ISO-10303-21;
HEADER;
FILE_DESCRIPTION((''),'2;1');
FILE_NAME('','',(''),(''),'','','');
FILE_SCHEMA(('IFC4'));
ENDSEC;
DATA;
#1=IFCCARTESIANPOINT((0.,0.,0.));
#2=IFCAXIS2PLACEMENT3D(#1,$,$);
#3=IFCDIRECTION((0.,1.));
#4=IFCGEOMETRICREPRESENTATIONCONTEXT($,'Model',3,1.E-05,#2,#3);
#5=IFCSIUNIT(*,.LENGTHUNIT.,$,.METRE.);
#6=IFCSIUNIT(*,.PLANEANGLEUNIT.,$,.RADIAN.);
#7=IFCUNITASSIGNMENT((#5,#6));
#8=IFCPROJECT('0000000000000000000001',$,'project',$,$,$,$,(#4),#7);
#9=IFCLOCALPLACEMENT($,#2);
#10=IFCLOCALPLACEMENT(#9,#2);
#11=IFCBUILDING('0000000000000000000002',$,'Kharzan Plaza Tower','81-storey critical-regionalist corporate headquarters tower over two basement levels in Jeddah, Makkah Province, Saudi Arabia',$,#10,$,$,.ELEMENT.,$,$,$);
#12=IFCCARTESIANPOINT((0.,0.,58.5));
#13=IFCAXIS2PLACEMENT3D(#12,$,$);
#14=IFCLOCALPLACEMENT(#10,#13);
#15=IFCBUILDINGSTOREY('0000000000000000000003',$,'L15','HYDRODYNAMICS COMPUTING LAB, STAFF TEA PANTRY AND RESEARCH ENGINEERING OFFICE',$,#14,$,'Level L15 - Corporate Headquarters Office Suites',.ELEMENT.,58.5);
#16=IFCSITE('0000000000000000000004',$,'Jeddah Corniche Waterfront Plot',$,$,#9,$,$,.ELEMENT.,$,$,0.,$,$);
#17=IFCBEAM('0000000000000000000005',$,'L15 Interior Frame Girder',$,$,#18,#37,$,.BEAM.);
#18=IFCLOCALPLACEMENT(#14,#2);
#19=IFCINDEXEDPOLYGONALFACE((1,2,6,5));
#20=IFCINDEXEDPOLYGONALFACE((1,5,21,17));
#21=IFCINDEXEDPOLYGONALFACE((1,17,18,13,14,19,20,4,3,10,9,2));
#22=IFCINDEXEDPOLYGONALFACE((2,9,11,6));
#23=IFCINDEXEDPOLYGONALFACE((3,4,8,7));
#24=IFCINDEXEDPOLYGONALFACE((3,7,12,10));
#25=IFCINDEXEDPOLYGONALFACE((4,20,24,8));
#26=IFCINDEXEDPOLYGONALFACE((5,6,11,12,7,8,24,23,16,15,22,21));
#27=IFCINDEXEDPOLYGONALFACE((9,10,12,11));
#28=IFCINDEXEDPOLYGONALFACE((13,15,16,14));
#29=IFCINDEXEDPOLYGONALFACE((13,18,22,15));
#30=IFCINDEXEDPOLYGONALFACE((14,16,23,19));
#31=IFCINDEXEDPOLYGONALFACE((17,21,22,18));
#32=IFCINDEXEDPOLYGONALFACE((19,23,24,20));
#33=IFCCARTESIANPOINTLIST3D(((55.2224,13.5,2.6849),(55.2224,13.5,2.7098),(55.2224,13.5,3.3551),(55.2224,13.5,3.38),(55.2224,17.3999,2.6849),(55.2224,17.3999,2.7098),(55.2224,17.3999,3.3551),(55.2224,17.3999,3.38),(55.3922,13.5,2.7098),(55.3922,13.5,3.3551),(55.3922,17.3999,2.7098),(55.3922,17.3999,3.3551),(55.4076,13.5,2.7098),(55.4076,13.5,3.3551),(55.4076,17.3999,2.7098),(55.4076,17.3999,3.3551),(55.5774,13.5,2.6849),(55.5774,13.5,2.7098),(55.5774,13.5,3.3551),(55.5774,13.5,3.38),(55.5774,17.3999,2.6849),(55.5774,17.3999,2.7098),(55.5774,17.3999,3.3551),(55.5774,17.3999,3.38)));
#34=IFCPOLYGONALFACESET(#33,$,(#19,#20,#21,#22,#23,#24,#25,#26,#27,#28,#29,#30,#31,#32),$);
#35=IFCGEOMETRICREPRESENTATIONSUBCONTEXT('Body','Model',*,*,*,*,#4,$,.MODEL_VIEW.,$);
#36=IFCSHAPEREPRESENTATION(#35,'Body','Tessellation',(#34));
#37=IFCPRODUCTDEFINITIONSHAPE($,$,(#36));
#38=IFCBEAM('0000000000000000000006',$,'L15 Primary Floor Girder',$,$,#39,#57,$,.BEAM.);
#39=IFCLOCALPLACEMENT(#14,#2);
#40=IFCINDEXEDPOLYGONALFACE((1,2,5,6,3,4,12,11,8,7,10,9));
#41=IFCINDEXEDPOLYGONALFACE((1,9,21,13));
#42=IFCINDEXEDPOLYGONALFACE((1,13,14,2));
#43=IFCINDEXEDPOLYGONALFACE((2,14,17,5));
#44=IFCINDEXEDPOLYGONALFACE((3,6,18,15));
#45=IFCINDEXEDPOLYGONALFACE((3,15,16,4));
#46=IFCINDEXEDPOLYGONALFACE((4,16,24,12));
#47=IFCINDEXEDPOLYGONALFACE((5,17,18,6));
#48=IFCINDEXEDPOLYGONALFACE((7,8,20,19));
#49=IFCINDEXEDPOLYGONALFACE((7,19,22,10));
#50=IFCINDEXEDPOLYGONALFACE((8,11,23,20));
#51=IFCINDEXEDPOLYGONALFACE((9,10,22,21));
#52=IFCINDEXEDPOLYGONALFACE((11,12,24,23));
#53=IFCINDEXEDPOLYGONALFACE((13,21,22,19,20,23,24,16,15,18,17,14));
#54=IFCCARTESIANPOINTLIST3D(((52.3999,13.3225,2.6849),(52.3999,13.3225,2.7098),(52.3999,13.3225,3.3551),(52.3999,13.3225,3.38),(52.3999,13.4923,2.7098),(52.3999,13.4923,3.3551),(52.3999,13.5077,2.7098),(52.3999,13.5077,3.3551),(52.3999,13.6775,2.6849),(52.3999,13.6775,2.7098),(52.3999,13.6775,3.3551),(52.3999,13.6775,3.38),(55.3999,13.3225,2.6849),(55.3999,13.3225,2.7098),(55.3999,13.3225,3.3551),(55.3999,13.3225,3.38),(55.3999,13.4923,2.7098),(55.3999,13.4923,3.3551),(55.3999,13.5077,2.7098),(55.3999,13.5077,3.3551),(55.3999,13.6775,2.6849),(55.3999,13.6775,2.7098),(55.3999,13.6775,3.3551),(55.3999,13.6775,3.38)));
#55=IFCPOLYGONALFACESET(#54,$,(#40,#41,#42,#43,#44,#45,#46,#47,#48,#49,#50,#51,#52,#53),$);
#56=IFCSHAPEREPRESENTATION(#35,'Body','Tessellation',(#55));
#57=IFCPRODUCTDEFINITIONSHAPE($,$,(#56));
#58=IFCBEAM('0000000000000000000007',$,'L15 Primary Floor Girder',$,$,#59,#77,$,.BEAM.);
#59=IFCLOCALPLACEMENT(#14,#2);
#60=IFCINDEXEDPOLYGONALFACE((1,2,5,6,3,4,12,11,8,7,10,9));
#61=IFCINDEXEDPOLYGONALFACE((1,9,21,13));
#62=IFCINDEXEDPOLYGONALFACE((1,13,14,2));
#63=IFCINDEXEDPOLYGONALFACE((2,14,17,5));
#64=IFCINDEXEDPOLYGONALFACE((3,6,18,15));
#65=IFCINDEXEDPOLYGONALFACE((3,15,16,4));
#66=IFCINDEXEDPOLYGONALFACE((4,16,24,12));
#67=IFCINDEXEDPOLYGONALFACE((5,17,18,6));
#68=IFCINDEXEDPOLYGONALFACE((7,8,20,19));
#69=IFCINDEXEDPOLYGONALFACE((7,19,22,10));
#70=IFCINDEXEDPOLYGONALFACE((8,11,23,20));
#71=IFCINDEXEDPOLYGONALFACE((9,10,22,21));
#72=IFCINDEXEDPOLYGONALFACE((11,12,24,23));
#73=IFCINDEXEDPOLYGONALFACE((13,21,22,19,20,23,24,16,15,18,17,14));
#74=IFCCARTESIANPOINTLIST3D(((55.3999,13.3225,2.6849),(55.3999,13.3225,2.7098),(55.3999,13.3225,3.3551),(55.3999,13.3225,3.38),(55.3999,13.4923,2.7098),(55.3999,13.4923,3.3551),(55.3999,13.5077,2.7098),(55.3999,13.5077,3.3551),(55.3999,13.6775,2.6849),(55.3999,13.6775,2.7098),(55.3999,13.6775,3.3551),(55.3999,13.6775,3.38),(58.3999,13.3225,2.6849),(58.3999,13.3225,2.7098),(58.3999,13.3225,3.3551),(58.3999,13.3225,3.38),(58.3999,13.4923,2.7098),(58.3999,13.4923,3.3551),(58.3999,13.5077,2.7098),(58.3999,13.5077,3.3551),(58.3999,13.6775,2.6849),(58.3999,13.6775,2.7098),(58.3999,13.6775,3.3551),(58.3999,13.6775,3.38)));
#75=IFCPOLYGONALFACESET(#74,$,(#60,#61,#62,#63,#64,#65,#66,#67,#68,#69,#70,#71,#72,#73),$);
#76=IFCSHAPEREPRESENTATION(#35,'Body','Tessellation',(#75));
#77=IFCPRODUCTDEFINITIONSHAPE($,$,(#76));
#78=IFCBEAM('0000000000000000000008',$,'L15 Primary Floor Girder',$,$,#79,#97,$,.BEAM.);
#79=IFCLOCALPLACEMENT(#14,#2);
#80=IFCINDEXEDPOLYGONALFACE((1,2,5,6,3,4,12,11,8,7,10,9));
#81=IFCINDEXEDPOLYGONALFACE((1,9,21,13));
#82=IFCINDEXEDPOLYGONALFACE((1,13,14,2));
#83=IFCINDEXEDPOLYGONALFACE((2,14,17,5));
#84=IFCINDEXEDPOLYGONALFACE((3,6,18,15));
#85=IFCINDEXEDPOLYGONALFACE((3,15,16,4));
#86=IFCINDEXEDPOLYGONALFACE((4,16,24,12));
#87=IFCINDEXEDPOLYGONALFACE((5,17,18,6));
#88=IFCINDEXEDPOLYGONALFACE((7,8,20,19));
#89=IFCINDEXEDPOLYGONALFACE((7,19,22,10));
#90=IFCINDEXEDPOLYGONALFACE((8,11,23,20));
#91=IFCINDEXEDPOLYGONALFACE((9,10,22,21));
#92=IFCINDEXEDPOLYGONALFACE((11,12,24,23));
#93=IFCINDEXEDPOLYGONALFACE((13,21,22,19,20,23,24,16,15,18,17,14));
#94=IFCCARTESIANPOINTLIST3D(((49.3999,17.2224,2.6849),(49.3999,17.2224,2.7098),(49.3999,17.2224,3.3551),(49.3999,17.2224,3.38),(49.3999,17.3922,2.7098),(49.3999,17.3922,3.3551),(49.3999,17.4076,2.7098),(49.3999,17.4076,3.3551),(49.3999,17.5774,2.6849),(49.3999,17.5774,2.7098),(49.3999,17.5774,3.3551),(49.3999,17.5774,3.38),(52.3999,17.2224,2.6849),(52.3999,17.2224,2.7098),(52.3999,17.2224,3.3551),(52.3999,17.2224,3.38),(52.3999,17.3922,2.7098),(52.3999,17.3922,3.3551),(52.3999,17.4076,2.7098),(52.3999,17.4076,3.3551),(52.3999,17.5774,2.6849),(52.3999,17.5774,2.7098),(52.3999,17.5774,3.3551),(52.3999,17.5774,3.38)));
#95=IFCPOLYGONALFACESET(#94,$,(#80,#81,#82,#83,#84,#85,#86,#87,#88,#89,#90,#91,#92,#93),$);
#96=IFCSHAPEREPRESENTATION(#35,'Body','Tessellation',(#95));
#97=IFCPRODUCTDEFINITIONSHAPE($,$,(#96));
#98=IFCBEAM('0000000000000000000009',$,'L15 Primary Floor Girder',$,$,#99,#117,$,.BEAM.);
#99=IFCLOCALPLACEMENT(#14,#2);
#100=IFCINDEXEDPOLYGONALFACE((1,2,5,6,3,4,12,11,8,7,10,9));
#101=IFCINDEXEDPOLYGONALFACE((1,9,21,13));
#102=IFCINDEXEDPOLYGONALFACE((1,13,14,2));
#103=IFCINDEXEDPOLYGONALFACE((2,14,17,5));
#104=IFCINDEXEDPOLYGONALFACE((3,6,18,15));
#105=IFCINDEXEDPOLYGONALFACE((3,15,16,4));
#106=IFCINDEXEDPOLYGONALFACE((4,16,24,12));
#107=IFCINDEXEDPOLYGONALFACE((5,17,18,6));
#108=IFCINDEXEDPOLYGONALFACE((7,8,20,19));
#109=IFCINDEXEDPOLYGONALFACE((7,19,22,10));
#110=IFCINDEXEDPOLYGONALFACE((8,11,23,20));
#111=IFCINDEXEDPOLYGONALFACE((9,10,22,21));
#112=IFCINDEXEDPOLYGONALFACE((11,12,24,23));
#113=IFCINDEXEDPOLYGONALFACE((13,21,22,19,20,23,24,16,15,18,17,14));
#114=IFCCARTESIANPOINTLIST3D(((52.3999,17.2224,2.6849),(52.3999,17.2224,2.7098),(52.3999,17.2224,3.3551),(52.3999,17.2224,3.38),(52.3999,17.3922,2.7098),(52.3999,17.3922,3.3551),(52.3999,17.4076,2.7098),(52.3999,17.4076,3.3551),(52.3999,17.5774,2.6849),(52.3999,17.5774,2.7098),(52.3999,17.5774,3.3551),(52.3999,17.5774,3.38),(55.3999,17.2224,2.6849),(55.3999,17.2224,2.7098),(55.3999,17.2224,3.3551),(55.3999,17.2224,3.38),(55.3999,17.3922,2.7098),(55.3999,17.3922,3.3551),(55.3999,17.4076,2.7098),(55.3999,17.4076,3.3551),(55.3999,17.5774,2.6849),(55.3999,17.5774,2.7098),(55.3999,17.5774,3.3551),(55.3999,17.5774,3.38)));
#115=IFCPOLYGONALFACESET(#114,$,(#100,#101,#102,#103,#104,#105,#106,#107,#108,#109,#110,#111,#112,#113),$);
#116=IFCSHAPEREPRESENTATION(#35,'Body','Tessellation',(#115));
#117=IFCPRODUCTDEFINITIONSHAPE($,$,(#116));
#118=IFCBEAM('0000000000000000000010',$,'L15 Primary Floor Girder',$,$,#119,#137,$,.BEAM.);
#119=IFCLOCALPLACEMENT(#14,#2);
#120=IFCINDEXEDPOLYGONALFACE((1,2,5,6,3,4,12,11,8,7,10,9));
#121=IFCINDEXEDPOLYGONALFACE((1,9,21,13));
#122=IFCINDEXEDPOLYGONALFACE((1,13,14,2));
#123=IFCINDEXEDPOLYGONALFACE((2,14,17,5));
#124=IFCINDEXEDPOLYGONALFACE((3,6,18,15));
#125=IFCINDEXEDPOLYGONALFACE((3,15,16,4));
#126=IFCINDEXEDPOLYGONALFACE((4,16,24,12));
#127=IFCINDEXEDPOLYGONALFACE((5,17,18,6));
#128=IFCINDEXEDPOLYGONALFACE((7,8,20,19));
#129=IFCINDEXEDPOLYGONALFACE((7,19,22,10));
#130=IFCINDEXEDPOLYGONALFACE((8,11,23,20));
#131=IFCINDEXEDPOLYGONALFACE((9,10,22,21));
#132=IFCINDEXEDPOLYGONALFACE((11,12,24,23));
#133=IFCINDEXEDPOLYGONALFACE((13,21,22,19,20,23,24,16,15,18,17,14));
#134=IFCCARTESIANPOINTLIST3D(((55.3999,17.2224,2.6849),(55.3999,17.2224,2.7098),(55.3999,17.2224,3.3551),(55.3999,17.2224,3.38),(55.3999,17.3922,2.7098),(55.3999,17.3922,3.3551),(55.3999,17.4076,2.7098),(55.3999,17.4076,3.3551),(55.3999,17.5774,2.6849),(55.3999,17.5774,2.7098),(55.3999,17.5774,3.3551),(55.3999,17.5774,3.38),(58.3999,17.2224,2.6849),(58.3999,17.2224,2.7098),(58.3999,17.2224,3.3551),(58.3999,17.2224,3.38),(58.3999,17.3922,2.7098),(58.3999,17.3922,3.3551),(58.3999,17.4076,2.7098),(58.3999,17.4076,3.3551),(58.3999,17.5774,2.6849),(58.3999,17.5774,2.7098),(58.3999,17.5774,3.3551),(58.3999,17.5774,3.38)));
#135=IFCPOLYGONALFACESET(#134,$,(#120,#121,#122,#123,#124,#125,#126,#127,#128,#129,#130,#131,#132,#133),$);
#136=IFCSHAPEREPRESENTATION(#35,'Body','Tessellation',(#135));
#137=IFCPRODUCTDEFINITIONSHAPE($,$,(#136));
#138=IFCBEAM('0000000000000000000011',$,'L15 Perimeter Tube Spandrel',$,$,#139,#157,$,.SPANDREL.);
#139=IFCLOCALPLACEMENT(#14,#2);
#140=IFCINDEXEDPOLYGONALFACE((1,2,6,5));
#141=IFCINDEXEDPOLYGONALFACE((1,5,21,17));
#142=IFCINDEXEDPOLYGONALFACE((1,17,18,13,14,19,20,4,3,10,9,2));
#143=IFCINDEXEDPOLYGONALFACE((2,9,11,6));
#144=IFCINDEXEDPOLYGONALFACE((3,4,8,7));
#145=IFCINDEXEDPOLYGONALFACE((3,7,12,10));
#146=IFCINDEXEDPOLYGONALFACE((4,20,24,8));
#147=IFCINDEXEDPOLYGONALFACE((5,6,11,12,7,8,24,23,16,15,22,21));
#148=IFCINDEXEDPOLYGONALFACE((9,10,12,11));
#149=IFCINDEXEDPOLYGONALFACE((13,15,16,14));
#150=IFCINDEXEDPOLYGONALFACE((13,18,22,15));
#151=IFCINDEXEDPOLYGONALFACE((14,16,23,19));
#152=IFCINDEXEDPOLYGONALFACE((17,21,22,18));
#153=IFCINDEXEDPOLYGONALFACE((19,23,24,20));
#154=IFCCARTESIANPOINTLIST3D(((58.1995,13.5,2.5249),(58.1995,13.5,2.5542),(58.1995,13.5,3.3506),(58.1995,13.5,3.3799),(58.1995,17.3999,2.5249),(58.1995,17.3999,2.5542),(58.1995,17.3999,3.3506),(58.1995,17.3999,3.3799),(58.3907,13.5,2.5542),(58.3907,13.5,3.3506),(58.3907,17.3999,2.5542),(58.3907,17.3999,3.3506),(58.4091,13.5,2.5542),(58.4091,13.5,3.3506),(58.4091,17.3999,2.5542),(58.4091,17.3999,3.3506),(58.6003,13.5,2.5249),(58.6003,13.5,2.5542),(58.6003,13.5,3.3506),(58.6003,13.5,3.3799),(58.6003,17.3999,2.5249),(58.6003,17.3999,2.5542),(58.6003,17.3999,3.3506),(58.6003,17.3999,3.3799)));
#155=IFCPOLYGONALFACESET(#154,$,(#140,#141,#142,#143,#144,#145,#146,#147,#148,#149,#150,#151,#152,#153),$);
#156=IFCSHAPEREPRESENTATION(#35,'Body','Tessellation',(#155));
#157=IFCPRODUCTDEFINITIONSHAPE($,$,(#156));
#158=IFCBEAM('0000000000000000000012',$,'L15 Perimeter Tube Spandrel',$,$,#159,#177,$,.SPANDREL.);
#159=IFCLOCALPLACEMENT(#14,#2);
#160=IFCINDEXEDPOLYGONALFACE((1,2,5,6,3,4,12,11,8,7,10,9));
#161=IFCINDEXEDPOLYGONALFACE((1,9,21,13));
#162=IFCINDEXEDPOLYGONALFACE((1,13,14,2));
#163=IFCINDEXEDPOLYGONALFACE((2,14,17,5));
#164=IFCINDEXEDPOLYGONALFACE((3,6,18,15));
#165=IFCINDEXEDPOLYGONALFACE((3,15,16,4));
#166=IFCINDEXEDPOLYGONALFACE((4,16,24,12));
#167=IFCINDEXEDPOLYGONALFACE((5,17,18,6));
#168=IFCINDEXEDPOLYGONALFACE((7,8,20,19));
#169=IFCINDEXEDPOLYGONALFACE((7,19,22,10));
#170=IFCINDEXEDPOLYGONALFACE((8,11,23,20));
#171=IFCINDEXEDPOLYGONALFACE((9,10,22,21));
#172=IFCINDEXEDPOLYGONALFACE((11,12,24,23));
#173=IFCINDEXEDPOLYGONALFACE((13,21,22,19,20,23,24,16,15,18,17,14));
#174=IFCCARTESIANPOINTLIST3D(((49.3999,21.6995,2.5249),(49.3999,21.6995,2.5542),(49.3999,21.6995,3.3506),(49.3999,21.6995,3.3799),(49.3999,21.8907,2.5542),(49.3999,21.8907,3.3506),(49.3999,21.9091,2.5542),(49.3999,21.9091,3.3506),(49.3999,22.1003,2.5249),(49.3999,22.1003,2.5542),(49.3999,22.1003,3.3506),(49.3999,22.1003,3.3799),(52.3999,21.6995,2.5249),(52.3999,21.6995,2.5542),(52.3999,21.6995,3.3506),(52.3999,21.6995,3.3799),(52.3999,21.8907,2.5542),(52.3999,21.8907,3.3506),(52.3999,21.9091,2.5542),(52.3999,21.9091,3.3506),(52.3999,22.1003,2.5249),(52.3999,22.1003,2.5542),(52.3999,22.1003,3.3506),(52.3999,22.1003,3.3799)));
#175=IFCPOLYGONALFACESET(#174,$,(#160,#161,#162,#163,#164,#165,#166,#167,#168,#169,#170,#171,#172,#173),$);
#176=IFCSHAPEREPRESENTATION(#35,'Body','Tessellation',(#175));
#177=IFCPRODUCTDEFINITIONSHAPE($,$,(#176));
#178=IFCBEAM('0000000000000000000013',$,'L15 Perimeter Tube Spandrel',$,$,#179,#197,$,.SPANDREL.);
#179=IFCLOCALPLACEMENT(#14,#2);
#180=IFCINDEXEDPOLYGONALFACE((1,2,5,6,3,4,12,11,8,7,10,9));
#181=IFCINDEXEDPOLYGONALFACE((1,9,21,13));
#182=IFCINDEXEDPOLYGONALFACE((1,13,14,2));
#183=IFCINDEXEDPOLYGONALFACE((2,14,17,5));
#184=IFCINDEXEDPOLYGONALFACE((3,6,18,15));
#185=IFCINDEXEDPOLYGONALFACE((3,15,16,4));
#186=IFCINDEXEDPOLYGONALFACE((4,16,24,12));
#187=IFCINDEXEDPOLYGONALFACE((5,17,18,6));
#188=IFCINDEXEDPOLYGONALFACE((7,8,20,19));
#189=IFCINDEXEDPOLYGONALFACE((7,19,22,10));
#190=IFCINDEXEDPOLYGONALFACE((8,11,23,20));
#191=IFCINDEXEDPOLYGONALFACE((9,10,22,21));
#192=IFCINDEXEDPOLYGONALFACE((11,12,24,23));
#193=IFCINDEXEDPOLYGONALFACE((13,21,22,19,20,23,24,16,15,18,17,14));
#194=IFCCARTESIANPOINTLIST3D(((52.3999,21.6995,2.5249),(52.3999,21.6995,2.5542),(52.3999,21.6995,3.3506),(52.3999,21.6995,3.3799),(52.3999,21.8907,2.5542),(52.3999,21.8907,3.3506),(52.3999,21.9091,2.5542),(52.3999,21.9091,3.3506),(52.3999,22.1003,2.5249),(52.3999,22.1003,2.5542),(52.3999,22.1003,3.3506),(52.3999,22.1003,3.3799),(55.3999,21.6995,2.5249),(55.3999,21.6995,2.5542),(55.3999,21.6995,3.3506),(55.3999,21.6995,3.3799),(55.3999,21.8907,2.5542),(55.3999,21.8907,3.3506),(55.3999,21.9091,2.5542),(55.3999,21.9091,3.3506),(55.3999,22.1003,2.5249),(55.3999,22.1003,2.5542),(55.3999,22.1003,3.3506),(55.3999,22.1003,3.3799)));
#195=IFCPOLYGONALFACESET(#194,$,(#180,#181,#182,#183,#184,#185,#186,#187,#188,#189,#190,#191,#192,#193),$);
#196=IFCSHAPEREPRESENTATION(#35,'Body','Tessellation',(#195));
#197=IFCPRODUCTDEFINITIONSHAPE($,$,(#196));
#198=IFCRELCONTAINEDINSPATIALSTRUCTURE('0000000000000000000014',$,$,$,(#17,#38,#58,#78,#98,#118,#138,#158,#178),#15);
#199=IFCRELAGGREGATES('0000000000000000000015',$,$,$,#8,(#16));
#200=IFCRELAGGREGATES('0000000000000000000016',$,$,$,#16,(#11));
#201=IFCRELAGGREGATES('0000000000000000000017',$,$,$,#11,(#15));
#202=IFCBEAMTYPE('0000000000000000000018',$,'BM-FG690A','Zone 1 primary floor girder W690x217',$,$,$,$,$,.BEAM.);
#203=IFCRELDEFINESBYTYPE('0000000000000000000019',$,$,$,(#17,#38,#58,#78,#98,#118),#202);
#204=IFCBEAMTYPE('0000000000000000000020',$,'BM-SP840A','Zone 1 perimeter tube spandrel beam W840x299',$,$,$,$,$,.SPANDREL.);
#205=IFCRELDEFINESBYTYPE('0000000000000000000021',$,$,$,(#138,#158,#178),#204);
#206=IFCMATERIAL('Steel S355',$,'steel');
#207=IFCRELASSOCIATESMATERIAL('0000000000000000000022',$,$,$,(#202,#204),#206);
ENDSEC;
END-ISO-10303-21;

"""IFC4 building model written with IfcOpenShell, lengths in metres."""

from ifc_helpers import new_model, si_unit, direction, frame, origin, origin_2d, place, context, subcontext, project, spatial, i_section, extrude, source, transform, mapped, material, material_profile, profile_set, type_object, element, save


model = new_model("IFC4")

# Units and contexts
model_context = context("Model", 3, precision=1e-05, world=origin(), true_north=direction((0.0, 1.0)))
body_context = subcontext(model_context, "Body", "Model", "MODEL_VIEW")
ifc_project = project(units=[si_unit("LENGTHUNIT", "METRE"), si_unit("PLANEANGLEUNIT", "RADIAN")], contexts=[model_context])

# Site, building, storey
site_placement = place(None, origin())
site = spatial("IfcSite", under=ifc_project, at=site_placement, Name="Jeddah Corniche Waterfront Plot", CompositionType="ELEMENT", RefElevation=0.0)
building_placement = place(site_placement, origin())
building = spatial("IfcBuilding", under=site, at=building_placement, Name="Kharzan Plaza Tower", Description="81-storey critical-regionalist corporate headquarters tower over two basement levels in Jeddah, Makkah Province, Saudi Arabia", CompositionType="ELEMENT")
storey_placement = place(building_placement, frame((0.0, 0.0, 58.5)))
storey = spatial("IfcBuildingStorey", under=building, at=storey_placement, Name="L15", Description="HYDRODYNAMICS COMPUTING LAB, STAFF TEA PANTRY AND RESEARCH ENGINEERING OFFICE", LongName="Level L15 - Corporate Headquarters Office Suites", CompositionType="ELEMENT", Elevation=58.5)

# Beams
ifc_material_1 = material(Name="Steel S355", Category="steel")
ifc_material_profile_1 = material_profile(ifc_material_1, i_section(OverallWidth=0.355, OverallDepth=0.6951, WebThickness=0.0154, FlangeThickness=0.0249, at=origin_2d()), Name="W690x217")
ifc_profile_set_1 = profile_set([ifc_material_profile_1], Name="Steel S355")
beam_type_1 = type_object("IfcBeamType", Name="BM-FG690A", Description="Zone 1 primary floor girder W690x217", PredefinedType="BEAM", material=ifc_profile_set_1)
shared_shape_1 = source(origin(), body_context, "Body", "SweptSolid", [
    extrude(i_section(OverallWidth=0.355, OverallDepth=0.6951, WebThickness=0.0154, FlangeThickness=0.0249, at=origin_2d()), origin(), (0.0, 0.0, 1.0), 3.8999),
])
for number, where, z_axis, x_axis, name in (
    (1, (55.3999, 13.5, 3.0325), (0.0, 1.0, 0.0), (-1.0, 0.0, 0.0), "L15 Interior Frame Girder"),
):
    element("IfcBeam", number, at=place(storey_placement, frame(where, z_axis=z_axis, x_axis=x_axis)), inside=storey, type_object=beam_type_1, Name=name, PredefinedType="BEAM", context=body_context, shape_type="MappedRepresentation", body=[
        mapped(shared_shape_1, transform((0.0, 0.0, 0.0), x_axis=(1.0, 0.0, 0.0), y_axis=(0.0, 1.0, 0.0), z_axis=(0.0, 0.0, 1.0))),
    ])
shared_shape_2 = source(origin(), body_context, "Body", "SweptSolid", [
    extrude(i_section(OverallWidth=0.355, OverallDepth=0.6951, WebThickness=0.0154, FlangeThickness=0.0249, at=origin_2d()), origin(), (0.0, 0.0, 1.0), 3.0),
])
for number, where, z_axis, x_axis, name in (
    (2, (52.3999, 13.5, 3.0325), (1.0, 0.0, 0.0), (0.0, 1.0, 0.0), "L15 Primary Floor Girder"),
    (3, (55.3999, 13.5, 3.0325), (1.0, 0.0, 0.0), (0.0, 1.0, 0.0), "L15 Primary Floor Girder"),
    (4, (49.3999, 17.3999, 3.0325), (1.0, 0.0, 0.0), (0.0, 1.0, 0.0), "L15 Primary Floor Girder"),
    (5, (52.3999, 17.3999, 3.0325), (1.0, 0.0, 0.0), (0.0, 1.0, 0.0), "L15 Primary Floor Girder"),
    (6, (55.3999, 17.3999, 3.0325), (1.0, 0.0, 0.0), (0.0, 1.0, 0.0), "L15 Primary Floor Girder"),
):
    element("IfcBeam", number, at=place(storey_placement, frame(where, z_axis=z_axis, x_axis=x_axis)), inside=storey, type_object=beam_type_1, Name=name, PredefinedType="BEAM", context=body_context, shape_type="MappedRepresentation", body=[
        mapped(shared_shape_2, transform((0.0, 0.0, 0.0), x_axis=(1.0, 0.0, 0.0), y_axis=(0.0, 1.0, 0.0), z_axis=(0.0, 0.0, 1.0))),
    ])
ifc_material_profile_2 = material_profile(ifc_material_1, i_section(OverallWidth=0.4009, OverallDepth=0.855, WebThickness=0.0183, FlangeThickness=0.0293, at=origin_2d()), Name="W840x299")
ifc_profile_set_2 = profile_set([ifc_material_profile_2], Name="Steel S355")
beam_type_2 = type_object("IfcBeamType", Name="BM-SP840A", Description="Zone 1 perimeter tube spandrel beam W840x299", PredefinedType="SPANDREL", material=ifc_profile_set_2)
shared_shape_3 = source(origin(), body_context, "Body", "SweptSolid", [
    extrude(i_section(OverallWidth=0.4009, OverallDepth=0.855, WebThickness=0.0183, FlangeThickness=0.0293, at=origin_2d()), origin(), (0.0, 0.0, 1.0), 3.8999),
])
beam_placement = place(storey_placement, frame((58.3999, 13.5, 2.9524), z_axis=(0.0, 1.0, 0.0), x_axis=(-1.0, 0.0, 0.0)))
element("IfcBeam", 7, at=beam_placement, inside=storey, type_object=beam_type_2, Name="L15 Perimeter Tube Spandrel", PredefinedType="SPANDREL", context=body_context, shape_type="MappedRepresentation", body=[
    mapped(shared_shape_3, transform((0.0, 0.0, 0.0), x_axis=(1.0, 0.0, 0.0), y_axis=(0.0, 1.0, 0.0), z_axis=(0.0, 0.0, 1.0))),
])
shared_shape_4 = source(origin(), body_context, "Body", "SweptSolid", [
    extrude(i_section(OverallWidth=0.4009, OverallDepth=0.855, WebThickness=0.0183, FlangeThickness=0.0293, at=origin_2d()), origin(), (0.0, 0.0, 1.0), 3.0),
])
for number, where, z_axis, x_axis, name in (
    (8, (49.3999, 21.8999, 2.9524), (1.0, 0.0, 0.0), (0.0, 1.0, 0.0), "L15 Perimeter Tube Spandrel"),
    (9, (52.3999, 21.8999, 2.9524), (1.0, 0.0, 0.0), (0.0, 1.0, 0.0), "L15 Perimeter Tube Spandrel"),
):
    element("IfcBeam", number, at=place(storey_placement, frame(where, z_axis=z_axis, x_axis=x_axis)), inside=storey, type_object=beam_type_2, Name=name, PredefinedType="SPANDREL", context=body_context, shape_type="MappedRepresentation", body=[
        mapped(shared_shape_4, transform((0.0, 0.0, 0.0), x_axis=(1.0, 0.0, 0.0), y_axis=(0.0, 1.0, 0.0), z_axis=(0.0, 0.0, 1.0))),
    ])

save(model, "model.ifc")
